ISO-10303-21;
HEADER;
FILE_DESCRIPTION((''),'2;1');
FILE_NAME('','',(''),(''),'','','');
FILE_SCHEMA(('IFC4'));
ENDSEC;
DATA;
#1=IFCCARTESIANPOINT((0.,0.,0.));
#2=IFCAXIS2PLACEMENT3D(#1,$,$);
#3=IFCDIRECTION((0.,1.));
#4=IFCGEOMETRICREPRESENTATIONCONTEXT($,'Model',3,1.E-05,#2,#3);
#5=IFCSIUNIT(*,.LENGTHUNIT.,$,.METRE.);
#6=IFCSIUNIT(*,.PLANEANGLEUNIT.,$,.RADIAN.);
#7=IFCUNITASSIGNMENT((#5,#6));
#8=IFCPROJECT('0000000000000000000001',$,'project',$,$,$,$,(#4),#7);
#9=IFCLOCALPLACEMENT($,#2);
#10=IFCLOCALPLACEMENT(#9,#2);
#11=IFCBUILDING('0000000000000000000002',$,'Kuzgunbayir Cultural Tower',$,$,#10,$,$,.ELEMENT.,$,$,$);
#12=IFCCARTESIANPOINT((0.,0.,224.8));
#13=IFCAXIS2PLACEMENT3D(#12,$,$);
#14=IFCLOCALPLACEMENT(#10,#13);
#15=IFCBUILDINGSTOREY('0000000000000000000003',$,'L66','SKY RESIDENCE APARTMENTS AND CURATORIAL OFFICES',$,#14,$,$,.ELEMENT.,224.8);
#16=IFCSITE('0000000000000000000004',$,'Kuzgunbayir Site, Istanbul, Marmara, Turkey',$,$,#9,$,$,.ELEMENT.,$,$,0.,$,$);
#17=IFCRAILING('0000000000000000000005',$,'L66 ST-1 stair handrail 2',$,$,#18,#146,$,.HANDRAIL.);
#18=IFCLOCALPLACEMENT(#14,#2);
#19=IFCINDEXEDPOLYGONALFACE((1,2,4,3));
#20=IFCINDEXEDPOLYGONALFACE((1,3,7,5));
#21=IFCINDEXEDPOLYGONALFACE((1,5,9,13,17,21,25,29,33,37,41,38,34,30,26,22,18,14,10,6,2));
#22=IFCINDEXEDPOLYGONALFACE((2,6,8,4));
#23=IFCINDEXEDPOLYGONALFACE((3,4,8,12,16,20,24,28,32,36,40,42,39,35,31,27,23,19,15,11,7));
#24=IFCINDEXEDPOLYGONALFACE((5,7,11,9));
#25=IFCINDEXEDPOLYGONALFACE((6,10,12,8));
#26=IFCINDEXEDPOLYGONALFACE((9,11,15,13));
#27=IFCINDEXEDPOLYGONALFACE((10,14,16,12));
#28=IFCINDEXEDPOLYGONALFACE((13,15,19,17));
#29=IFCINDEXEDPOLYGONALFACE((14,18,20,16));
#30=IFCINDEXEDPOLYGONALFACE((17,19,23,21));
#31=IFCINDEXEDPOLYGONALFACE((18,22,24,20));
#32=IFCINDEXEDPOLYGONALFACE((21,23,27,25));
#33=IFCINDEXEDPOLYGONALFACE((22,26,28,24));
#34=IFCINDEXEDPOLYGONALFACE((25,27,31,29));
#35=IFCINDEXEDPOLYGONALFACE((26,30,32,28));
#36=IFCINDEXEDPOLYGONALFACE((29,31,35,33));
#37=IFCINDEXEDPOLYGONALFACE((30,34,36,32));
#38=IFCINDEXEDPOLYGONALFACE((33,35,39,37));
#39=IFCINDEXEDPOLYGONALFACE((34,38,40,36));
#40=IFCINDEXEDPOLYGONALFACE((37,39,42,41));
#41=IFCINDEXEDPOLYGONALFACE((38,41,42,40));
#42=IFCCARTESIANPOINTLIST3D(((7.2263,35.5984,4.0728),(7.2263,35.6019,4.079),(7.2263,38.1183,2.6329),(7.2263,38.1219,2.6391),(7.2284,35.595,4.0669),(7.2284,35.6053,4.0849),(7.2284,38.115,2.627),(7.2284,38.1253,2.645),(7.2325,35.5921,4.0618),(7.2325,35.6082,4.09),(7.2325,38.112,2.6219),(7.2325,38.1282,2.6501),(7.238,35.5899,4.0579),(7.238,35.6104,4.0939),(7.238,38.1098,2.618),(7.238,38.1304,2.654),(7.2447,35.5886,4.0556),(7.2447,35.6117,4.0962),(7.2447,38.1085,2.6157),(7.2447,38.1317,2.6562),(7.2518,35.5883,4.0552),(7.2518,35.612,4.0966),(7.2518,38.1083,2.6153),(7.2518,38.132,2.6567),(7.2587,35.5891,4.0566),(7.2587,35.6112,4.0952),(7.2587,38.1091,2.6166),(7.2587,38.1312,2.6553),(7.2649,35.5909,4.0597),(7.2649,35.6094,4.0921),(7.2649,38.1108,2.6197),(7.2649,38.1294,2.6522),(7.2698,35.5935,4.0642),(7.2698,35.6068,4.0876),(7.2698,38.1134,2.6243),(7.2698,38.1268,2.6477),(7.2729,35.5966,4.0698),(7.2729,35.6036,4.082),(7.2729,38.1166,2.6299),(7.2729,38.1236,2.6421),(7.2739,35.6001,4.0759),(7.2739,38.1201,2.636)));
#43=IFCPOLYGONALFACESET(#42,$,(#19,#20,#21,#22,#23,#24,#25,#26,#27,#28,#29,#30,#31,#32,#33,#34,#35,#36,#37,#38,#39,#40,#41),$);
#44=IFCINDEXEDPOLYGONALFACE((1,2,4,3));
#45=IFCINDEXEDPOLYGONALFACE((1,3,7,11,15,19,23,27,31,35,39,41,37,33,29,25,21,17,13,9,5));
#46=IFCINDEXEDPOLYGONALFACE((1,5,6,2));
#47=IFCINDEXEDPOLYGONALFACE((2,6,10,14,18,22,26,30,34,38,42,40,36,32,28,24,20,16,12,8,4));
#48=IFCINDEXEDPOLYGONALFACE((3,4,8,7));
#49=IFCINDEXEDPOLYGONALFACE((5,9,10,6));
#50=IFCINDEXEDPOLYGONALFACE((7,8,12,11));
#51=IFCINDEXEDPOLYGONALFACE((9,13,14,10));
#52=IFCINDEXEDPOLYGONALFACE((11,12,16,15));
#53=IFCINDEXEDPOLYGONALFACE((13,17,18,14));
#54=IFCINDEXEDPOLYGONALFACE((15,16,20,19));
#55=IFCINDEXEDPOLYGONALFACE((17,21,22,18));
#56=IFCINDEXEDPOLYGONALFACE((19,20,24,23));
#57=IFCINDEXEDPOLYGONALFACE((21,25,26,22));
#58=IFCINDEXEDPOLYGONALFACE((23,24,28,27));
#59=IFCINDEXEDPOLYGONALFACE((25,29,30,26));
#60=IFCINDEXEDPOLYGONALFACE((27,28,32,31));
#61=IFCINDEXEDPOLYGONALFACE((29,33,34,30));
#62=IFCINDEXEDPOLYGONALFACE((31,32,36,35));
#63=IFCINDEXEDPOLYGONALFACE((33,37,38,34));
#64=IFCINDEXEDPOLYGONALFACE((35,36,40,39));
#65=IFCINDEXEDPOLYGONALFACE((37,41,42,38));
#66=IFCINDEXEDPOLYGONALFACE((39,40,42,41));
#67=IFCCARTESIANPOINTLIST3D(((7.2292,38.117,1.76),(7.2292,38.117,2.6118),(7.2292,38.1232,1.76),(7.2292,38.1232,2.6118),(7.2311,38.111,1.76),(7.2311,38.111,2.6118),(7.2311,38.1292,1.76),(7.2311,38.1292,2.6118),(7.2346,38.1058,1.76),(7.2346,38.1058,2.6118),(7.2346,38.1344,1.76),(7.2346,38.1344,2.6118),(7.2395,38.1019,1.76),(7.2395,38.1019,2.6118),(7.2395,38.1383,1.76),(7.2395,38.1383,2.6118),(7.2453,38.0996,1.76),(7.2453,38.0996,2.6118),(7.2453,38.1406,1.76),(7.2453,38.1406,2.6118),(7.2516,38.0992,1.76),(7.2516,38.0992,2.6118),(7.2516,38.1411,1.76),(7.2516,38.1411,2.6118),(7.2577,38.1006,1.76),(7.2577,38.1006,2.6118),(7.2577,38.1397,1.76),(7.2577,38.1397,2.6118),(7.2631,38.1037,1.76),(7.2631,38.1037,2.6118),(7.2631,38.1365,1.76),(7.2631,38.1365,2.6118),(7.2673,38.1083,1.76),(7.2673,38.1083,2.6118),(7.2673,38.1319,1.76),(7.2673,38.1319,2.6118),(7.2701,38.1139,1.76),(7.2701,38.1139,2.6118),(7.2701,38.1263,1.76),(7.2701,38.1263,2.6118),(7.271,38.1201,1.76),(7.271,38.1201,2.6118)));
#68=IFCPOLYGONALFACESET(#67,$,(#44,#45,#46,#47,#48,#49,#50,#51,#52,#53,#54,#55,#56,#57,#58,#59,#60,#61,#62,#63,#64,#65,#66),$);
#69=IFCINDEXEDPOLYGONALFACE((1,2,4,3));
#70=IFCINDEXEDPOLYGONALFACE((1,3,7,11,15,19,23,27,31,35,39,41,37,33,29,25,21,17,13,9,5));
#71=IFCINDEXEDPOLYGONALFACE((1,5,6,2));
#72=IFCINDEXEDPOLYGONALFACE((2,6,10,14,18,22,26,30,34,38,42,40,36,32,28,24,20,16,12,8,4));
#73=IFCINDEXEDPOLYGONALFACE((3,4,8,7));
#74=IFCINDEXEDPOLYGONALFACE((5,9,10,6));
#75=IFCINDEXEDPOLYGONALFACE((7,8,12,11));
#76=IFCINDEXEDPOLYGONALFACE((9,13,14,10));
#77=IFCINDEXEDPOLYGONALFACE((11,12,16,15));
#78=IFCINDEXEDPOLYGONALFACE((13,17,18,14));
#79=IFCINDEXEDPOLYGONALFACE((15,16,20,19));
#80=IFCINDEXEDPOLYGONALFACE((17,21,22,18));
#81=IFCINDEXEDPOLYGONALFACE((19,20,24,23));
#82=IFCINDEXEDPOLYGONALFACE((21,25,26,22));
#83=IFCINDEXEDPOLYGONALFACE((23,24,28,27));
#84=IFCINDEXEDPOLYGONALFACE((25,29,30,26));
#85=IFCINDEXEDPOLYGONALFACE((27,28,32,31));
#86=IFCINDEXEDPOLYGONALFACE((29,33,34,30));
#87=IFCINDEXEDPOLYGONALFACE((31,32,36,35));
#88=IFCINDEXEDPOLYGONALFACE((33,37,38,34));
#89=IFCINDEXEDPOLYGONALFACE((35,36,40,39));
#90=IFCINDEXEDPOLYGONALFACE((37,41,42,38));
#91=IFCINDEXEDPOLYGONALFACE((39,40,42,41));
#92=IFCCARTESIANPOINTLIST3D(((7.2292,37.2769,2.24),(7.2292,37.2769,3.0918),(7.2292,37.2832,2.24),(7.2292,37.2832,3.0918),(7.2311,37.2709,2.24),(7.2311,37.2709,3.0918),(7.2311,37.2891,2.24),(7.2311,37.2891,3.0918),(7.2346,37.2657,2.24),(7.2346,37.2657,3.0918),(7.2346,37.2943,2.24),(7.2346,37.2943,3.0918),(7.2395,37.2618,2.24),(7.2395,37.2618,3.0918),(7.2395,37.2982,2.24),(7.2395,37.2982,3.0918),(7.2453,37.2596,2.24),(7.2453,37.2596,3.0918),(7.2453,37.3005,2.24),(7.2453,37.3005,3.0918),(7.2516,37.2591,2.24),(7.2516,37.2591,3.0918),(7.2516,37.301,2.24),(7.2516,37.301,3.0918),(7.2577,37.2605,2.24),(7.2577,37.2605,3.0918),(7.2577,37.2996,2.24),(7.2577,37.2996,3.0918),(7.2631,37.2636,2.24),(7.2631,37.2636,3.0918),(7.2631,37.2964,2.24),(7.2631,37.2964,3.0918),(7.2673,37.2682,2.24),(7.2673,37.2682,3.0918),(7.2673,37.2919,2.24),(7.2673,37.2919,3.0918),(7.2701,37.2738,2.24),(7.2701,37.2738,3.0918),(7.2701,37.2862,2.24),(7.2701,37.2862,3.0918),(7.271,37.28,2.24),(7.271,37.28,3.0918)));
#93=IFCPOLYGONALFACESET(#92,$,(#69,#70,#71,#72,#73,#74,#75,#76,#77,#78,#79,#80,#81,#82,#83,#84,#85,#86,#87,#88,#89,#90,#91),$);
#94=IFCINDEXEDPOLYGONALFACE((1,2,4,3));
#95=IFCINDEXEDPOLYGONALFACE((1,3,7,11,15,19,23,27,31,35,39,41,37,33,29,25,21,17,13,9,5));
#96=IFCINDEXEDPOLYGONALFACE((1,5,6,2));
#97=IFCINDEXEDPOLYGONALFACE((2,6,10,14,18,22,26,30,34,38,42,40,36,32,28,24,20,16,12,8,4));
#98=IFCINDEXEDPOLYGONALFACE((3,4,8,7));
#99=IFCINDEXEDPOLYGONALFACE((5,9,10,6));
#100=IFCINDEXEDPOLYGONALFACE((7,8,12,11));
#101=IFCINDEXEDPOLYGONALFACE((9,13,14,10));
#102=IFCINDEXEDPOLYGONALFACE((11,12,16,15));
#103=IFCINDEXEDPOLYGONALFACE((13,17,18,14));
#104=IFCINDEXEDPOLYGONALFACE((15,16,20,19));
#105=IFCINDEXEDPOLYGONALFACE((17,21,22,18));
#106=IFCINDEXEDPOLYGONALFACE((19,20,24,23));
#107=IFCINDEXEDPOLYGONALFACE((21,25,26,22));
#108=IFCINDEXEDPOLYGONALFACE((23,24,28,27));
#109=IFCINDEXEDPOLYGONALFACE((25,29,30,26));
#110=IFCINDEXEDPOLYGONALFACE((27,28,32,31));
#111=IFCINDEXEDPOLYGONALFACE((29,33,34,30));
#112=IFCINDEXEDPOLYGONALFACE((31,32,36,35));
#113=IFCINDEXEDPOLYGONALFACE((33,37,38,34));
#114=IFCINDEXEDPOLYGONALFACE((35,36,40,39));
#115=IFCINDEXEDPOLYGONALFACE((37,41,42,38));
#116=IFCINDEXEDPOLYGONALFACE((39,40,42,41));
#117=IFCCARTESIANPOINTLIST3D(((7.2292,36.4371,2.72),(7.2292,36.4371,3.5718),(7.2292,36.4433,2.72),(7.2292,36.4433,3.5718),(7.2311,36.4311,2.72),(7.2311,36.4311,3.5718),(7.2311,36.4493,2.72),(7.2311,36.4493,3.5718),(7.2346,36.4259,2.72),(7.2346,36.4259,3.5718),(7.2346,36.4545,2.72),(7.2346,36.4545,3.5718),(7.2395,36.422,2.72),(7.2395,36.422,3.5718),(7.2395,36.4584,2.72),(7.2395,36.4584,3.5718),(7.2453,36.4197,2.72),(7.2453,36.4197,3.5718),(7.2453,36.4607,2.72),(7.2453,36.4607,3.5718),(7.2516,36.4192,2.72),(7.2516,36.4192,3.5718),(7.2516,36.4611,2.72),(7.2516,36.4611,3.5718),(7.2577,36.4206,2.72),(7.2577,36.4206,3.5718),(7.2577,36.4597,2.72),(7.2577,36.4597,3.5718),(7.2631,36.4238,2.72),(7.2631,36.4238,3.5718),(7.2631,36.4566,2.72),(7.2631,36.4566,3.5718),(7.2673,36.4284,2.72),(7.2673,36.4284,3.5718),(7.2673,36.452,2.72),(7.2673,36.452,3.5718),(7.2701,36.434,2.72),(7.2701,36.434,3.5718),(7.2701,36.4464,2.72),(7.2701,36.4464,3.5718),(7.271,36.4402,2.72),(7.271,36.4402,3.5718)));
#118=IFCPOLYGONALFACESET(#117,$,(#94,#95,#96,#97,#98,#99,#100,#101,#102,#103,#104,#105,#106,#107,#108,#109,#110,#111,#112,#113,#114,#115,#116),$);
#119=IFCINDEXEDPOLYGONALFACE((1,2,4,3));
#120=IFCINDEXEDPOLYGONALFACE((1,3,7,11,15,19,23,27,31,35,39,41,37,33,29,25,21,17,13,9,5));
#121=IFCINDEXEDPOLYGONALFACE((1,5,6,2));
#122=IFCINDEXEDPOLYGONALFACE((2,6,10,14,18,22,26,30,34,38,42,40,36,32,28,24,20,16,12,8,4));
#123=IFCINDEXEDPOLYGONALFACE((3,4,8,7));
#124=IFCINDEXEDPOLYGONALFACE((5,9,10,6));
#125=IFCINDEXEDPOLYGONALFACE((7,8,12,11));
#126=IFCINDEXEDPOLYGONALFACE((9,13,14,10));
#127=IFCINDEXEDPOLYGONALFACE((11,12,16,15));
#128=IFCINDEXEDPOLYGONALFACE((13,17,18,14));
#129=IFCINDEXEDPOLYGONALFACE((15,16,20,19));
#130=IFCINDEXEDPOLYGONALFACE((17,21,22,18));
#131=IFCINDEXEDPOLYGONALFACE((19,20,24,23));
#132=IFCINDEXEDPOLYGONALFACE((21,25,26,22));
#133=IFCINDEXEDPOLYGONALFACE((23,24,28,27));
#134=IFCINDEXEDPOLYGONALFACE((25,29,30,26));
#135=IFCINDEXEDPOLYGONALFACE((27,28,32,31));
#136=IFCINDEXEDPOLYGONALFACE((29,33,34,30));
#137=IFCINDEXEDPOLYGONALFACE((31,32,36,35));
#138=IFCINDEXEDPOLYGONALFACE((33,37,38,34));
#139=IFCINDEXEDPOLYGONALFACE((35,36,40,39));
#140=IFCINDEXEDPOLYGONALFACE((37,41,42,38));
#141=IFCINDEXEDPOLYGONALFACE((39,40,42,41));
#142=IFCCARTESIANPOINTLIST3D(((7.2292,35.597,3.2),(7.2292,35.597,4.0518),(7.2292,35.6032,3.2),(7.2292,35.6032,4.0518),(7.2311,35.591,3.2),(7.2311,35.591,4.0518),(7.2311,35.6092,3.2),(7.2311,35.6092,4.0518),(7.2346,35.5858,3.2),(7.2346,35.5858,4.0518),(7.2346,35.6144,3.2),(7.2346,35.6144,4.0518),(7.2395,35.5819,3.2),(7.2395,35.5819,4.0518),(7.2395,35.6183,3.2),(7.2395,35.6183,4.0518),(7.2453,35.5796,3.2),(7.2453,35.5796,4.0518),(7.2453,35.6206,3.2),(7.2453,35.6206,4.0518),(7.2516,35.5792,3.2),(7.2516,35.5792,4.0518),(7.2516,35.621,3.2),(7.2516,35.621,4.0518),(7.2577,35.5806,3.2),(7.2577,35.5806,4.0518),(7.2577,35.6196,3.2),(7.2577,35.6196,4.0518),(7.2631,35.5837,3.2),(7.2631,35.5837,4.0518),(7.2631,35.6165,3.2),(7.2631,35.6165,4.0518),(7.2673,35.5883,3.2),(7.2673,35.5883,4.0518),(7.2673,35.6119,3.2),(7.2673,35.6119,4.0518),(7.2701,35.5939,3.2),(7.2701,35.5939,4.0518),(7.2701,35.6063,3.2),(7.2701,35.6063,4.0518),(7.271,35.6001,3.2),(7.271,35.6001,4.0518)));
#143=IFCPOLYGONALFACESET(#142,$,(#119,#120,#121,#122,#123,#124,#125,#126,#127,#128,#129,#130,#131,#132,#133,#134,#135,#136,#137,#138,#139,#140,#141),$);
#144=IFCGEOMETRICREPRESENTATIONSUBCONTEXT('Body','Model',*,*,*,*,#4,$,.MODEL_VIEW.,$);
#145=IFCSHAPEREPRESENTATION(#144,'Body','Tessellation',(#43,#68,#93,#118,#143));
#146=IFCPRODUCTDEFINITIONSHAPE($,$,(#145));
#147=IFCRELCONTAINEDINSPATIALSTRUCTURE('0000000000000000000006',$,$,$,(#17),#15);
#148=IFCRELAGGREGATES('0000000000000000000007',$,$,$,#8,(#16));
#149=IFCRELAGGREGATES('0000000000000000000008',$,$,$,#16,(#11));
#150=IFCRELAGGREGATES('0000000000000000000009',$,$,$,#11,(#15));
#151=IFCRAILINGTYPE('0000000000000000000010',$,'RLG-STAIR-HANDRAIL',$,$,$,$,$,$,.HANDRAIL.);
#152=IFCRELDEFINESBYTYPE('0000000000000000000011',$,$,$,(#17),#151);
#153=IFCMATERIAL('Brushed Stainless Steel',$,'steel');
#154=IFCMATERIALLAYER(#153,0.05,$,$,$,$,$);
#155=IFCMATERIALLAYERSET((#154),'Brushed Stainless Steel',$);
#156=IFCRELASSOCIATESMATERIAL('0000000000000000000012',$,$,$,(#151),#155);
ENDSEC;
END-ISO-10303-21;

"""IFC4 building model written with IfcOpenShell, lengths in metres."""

from ifc_helpers import new_model, si_unit, direction, frame, origin, origin_2d, place, context, subcontext, project, spatial, circle, extrude, material, layer, layer_set, type_object, element, save


model = new_model("IFC4")

# Units and contexts
model_context = context("Model", 3, precision=1e-05, world=origin(), true_north=direction((0.0, 1.0)))
body_context = subcontext(model_context, "Body", "Model", "MODEL_VIEW")
ifc_project = project(units=[si_unit("LENGTHUNIT", "METRE"), si_unit("PLANEANGLEUNIT", "RADIAN")], contexts=[model_context])

# Site, building, storey
site_placement = place(None, origin())
site = spatial("IfcSite", under=ifc_project, at=site_placement, Name="Kuzgunbayir Site, Istanbul, Marmara, Turkey", CompositionType="ELEMENT", RefElevation=0.0)
building_placement = place(site_placement, origin())
building = spatial("IfcBuilding", under=site, at=building_placement, Name="Kuzgunbayir Cultural Tower", CompositionType="ELEMENT")
storey_placement = place(building_placement, frame((0.0, 0.0, 224.8)))
storey = spatial("IfcBuildingStorey", under=building, at=storey_placement, Name="L66", Description="SKY RESIDENCE APARTMENTS AND CURATORIAL OFFICES", CompositionType="ELEMENT", Elevation=224.8)

# Shared definitions
ifc_material_1 = material(Name="Brushed Stainless Steel", Category="steel")

# Railing
ifc_layer_1 = layer(ifc_material_1, 0.05)
ifc_layer_set_1 = layer_set([ifc_layer_1], Name="Brushed Stainless Steel")
railing_type_1 = type_object("IfcRailingType", Name="RLG-STAIR-HANDRAIL", PredefinedType="HANDRAIL", material=ifc_layer_set_1)
railing_1_placement = place(storey_placement, frame((7.25, 38.1201, 1.76)))
element("IfcRailing", 1, at=railing_1_placement, inside=storey, type_object=railing_type_1, Name="L66 ST-1 stair handrail 2", PredefinedType="HANDRAIL", context=body_context, shape_type="SweptSolid", body=[
    extrude(circle(Radius=0.0239, at=origin_2d()), frame((0.0, 0.0, 0.876), z_axis=(0.0, -0.868253, 0.496121), x_axis=(1.0, 0.0, 0.0)), (0.0, 0.0, 1.0), 2.9023),
    extrude(circle(Radius=0.021, at=origin_2d()), origin(), (0.0, 0.0, 1.0), 0.8518),
    extrude(circle(Radius=0.021, at=origin_2d()), frame((0.0, -0.8401, 0.48)), (0.0, 0.0, 1.0), 0.8518),
    extrude(circle(Radius=0.021, at=origin_2d()), frame((0.0, -1.6799, 0.96)), (0.0, 0.0, 1.0), 0.8518),
    extrude(circle(Radius=0.021, at=origin_2d()), frame((0.0, -2.52, 1.4399)), (0.0, 0.0, 1.0), 0.8518),
])

save(model, "model.ifc")
